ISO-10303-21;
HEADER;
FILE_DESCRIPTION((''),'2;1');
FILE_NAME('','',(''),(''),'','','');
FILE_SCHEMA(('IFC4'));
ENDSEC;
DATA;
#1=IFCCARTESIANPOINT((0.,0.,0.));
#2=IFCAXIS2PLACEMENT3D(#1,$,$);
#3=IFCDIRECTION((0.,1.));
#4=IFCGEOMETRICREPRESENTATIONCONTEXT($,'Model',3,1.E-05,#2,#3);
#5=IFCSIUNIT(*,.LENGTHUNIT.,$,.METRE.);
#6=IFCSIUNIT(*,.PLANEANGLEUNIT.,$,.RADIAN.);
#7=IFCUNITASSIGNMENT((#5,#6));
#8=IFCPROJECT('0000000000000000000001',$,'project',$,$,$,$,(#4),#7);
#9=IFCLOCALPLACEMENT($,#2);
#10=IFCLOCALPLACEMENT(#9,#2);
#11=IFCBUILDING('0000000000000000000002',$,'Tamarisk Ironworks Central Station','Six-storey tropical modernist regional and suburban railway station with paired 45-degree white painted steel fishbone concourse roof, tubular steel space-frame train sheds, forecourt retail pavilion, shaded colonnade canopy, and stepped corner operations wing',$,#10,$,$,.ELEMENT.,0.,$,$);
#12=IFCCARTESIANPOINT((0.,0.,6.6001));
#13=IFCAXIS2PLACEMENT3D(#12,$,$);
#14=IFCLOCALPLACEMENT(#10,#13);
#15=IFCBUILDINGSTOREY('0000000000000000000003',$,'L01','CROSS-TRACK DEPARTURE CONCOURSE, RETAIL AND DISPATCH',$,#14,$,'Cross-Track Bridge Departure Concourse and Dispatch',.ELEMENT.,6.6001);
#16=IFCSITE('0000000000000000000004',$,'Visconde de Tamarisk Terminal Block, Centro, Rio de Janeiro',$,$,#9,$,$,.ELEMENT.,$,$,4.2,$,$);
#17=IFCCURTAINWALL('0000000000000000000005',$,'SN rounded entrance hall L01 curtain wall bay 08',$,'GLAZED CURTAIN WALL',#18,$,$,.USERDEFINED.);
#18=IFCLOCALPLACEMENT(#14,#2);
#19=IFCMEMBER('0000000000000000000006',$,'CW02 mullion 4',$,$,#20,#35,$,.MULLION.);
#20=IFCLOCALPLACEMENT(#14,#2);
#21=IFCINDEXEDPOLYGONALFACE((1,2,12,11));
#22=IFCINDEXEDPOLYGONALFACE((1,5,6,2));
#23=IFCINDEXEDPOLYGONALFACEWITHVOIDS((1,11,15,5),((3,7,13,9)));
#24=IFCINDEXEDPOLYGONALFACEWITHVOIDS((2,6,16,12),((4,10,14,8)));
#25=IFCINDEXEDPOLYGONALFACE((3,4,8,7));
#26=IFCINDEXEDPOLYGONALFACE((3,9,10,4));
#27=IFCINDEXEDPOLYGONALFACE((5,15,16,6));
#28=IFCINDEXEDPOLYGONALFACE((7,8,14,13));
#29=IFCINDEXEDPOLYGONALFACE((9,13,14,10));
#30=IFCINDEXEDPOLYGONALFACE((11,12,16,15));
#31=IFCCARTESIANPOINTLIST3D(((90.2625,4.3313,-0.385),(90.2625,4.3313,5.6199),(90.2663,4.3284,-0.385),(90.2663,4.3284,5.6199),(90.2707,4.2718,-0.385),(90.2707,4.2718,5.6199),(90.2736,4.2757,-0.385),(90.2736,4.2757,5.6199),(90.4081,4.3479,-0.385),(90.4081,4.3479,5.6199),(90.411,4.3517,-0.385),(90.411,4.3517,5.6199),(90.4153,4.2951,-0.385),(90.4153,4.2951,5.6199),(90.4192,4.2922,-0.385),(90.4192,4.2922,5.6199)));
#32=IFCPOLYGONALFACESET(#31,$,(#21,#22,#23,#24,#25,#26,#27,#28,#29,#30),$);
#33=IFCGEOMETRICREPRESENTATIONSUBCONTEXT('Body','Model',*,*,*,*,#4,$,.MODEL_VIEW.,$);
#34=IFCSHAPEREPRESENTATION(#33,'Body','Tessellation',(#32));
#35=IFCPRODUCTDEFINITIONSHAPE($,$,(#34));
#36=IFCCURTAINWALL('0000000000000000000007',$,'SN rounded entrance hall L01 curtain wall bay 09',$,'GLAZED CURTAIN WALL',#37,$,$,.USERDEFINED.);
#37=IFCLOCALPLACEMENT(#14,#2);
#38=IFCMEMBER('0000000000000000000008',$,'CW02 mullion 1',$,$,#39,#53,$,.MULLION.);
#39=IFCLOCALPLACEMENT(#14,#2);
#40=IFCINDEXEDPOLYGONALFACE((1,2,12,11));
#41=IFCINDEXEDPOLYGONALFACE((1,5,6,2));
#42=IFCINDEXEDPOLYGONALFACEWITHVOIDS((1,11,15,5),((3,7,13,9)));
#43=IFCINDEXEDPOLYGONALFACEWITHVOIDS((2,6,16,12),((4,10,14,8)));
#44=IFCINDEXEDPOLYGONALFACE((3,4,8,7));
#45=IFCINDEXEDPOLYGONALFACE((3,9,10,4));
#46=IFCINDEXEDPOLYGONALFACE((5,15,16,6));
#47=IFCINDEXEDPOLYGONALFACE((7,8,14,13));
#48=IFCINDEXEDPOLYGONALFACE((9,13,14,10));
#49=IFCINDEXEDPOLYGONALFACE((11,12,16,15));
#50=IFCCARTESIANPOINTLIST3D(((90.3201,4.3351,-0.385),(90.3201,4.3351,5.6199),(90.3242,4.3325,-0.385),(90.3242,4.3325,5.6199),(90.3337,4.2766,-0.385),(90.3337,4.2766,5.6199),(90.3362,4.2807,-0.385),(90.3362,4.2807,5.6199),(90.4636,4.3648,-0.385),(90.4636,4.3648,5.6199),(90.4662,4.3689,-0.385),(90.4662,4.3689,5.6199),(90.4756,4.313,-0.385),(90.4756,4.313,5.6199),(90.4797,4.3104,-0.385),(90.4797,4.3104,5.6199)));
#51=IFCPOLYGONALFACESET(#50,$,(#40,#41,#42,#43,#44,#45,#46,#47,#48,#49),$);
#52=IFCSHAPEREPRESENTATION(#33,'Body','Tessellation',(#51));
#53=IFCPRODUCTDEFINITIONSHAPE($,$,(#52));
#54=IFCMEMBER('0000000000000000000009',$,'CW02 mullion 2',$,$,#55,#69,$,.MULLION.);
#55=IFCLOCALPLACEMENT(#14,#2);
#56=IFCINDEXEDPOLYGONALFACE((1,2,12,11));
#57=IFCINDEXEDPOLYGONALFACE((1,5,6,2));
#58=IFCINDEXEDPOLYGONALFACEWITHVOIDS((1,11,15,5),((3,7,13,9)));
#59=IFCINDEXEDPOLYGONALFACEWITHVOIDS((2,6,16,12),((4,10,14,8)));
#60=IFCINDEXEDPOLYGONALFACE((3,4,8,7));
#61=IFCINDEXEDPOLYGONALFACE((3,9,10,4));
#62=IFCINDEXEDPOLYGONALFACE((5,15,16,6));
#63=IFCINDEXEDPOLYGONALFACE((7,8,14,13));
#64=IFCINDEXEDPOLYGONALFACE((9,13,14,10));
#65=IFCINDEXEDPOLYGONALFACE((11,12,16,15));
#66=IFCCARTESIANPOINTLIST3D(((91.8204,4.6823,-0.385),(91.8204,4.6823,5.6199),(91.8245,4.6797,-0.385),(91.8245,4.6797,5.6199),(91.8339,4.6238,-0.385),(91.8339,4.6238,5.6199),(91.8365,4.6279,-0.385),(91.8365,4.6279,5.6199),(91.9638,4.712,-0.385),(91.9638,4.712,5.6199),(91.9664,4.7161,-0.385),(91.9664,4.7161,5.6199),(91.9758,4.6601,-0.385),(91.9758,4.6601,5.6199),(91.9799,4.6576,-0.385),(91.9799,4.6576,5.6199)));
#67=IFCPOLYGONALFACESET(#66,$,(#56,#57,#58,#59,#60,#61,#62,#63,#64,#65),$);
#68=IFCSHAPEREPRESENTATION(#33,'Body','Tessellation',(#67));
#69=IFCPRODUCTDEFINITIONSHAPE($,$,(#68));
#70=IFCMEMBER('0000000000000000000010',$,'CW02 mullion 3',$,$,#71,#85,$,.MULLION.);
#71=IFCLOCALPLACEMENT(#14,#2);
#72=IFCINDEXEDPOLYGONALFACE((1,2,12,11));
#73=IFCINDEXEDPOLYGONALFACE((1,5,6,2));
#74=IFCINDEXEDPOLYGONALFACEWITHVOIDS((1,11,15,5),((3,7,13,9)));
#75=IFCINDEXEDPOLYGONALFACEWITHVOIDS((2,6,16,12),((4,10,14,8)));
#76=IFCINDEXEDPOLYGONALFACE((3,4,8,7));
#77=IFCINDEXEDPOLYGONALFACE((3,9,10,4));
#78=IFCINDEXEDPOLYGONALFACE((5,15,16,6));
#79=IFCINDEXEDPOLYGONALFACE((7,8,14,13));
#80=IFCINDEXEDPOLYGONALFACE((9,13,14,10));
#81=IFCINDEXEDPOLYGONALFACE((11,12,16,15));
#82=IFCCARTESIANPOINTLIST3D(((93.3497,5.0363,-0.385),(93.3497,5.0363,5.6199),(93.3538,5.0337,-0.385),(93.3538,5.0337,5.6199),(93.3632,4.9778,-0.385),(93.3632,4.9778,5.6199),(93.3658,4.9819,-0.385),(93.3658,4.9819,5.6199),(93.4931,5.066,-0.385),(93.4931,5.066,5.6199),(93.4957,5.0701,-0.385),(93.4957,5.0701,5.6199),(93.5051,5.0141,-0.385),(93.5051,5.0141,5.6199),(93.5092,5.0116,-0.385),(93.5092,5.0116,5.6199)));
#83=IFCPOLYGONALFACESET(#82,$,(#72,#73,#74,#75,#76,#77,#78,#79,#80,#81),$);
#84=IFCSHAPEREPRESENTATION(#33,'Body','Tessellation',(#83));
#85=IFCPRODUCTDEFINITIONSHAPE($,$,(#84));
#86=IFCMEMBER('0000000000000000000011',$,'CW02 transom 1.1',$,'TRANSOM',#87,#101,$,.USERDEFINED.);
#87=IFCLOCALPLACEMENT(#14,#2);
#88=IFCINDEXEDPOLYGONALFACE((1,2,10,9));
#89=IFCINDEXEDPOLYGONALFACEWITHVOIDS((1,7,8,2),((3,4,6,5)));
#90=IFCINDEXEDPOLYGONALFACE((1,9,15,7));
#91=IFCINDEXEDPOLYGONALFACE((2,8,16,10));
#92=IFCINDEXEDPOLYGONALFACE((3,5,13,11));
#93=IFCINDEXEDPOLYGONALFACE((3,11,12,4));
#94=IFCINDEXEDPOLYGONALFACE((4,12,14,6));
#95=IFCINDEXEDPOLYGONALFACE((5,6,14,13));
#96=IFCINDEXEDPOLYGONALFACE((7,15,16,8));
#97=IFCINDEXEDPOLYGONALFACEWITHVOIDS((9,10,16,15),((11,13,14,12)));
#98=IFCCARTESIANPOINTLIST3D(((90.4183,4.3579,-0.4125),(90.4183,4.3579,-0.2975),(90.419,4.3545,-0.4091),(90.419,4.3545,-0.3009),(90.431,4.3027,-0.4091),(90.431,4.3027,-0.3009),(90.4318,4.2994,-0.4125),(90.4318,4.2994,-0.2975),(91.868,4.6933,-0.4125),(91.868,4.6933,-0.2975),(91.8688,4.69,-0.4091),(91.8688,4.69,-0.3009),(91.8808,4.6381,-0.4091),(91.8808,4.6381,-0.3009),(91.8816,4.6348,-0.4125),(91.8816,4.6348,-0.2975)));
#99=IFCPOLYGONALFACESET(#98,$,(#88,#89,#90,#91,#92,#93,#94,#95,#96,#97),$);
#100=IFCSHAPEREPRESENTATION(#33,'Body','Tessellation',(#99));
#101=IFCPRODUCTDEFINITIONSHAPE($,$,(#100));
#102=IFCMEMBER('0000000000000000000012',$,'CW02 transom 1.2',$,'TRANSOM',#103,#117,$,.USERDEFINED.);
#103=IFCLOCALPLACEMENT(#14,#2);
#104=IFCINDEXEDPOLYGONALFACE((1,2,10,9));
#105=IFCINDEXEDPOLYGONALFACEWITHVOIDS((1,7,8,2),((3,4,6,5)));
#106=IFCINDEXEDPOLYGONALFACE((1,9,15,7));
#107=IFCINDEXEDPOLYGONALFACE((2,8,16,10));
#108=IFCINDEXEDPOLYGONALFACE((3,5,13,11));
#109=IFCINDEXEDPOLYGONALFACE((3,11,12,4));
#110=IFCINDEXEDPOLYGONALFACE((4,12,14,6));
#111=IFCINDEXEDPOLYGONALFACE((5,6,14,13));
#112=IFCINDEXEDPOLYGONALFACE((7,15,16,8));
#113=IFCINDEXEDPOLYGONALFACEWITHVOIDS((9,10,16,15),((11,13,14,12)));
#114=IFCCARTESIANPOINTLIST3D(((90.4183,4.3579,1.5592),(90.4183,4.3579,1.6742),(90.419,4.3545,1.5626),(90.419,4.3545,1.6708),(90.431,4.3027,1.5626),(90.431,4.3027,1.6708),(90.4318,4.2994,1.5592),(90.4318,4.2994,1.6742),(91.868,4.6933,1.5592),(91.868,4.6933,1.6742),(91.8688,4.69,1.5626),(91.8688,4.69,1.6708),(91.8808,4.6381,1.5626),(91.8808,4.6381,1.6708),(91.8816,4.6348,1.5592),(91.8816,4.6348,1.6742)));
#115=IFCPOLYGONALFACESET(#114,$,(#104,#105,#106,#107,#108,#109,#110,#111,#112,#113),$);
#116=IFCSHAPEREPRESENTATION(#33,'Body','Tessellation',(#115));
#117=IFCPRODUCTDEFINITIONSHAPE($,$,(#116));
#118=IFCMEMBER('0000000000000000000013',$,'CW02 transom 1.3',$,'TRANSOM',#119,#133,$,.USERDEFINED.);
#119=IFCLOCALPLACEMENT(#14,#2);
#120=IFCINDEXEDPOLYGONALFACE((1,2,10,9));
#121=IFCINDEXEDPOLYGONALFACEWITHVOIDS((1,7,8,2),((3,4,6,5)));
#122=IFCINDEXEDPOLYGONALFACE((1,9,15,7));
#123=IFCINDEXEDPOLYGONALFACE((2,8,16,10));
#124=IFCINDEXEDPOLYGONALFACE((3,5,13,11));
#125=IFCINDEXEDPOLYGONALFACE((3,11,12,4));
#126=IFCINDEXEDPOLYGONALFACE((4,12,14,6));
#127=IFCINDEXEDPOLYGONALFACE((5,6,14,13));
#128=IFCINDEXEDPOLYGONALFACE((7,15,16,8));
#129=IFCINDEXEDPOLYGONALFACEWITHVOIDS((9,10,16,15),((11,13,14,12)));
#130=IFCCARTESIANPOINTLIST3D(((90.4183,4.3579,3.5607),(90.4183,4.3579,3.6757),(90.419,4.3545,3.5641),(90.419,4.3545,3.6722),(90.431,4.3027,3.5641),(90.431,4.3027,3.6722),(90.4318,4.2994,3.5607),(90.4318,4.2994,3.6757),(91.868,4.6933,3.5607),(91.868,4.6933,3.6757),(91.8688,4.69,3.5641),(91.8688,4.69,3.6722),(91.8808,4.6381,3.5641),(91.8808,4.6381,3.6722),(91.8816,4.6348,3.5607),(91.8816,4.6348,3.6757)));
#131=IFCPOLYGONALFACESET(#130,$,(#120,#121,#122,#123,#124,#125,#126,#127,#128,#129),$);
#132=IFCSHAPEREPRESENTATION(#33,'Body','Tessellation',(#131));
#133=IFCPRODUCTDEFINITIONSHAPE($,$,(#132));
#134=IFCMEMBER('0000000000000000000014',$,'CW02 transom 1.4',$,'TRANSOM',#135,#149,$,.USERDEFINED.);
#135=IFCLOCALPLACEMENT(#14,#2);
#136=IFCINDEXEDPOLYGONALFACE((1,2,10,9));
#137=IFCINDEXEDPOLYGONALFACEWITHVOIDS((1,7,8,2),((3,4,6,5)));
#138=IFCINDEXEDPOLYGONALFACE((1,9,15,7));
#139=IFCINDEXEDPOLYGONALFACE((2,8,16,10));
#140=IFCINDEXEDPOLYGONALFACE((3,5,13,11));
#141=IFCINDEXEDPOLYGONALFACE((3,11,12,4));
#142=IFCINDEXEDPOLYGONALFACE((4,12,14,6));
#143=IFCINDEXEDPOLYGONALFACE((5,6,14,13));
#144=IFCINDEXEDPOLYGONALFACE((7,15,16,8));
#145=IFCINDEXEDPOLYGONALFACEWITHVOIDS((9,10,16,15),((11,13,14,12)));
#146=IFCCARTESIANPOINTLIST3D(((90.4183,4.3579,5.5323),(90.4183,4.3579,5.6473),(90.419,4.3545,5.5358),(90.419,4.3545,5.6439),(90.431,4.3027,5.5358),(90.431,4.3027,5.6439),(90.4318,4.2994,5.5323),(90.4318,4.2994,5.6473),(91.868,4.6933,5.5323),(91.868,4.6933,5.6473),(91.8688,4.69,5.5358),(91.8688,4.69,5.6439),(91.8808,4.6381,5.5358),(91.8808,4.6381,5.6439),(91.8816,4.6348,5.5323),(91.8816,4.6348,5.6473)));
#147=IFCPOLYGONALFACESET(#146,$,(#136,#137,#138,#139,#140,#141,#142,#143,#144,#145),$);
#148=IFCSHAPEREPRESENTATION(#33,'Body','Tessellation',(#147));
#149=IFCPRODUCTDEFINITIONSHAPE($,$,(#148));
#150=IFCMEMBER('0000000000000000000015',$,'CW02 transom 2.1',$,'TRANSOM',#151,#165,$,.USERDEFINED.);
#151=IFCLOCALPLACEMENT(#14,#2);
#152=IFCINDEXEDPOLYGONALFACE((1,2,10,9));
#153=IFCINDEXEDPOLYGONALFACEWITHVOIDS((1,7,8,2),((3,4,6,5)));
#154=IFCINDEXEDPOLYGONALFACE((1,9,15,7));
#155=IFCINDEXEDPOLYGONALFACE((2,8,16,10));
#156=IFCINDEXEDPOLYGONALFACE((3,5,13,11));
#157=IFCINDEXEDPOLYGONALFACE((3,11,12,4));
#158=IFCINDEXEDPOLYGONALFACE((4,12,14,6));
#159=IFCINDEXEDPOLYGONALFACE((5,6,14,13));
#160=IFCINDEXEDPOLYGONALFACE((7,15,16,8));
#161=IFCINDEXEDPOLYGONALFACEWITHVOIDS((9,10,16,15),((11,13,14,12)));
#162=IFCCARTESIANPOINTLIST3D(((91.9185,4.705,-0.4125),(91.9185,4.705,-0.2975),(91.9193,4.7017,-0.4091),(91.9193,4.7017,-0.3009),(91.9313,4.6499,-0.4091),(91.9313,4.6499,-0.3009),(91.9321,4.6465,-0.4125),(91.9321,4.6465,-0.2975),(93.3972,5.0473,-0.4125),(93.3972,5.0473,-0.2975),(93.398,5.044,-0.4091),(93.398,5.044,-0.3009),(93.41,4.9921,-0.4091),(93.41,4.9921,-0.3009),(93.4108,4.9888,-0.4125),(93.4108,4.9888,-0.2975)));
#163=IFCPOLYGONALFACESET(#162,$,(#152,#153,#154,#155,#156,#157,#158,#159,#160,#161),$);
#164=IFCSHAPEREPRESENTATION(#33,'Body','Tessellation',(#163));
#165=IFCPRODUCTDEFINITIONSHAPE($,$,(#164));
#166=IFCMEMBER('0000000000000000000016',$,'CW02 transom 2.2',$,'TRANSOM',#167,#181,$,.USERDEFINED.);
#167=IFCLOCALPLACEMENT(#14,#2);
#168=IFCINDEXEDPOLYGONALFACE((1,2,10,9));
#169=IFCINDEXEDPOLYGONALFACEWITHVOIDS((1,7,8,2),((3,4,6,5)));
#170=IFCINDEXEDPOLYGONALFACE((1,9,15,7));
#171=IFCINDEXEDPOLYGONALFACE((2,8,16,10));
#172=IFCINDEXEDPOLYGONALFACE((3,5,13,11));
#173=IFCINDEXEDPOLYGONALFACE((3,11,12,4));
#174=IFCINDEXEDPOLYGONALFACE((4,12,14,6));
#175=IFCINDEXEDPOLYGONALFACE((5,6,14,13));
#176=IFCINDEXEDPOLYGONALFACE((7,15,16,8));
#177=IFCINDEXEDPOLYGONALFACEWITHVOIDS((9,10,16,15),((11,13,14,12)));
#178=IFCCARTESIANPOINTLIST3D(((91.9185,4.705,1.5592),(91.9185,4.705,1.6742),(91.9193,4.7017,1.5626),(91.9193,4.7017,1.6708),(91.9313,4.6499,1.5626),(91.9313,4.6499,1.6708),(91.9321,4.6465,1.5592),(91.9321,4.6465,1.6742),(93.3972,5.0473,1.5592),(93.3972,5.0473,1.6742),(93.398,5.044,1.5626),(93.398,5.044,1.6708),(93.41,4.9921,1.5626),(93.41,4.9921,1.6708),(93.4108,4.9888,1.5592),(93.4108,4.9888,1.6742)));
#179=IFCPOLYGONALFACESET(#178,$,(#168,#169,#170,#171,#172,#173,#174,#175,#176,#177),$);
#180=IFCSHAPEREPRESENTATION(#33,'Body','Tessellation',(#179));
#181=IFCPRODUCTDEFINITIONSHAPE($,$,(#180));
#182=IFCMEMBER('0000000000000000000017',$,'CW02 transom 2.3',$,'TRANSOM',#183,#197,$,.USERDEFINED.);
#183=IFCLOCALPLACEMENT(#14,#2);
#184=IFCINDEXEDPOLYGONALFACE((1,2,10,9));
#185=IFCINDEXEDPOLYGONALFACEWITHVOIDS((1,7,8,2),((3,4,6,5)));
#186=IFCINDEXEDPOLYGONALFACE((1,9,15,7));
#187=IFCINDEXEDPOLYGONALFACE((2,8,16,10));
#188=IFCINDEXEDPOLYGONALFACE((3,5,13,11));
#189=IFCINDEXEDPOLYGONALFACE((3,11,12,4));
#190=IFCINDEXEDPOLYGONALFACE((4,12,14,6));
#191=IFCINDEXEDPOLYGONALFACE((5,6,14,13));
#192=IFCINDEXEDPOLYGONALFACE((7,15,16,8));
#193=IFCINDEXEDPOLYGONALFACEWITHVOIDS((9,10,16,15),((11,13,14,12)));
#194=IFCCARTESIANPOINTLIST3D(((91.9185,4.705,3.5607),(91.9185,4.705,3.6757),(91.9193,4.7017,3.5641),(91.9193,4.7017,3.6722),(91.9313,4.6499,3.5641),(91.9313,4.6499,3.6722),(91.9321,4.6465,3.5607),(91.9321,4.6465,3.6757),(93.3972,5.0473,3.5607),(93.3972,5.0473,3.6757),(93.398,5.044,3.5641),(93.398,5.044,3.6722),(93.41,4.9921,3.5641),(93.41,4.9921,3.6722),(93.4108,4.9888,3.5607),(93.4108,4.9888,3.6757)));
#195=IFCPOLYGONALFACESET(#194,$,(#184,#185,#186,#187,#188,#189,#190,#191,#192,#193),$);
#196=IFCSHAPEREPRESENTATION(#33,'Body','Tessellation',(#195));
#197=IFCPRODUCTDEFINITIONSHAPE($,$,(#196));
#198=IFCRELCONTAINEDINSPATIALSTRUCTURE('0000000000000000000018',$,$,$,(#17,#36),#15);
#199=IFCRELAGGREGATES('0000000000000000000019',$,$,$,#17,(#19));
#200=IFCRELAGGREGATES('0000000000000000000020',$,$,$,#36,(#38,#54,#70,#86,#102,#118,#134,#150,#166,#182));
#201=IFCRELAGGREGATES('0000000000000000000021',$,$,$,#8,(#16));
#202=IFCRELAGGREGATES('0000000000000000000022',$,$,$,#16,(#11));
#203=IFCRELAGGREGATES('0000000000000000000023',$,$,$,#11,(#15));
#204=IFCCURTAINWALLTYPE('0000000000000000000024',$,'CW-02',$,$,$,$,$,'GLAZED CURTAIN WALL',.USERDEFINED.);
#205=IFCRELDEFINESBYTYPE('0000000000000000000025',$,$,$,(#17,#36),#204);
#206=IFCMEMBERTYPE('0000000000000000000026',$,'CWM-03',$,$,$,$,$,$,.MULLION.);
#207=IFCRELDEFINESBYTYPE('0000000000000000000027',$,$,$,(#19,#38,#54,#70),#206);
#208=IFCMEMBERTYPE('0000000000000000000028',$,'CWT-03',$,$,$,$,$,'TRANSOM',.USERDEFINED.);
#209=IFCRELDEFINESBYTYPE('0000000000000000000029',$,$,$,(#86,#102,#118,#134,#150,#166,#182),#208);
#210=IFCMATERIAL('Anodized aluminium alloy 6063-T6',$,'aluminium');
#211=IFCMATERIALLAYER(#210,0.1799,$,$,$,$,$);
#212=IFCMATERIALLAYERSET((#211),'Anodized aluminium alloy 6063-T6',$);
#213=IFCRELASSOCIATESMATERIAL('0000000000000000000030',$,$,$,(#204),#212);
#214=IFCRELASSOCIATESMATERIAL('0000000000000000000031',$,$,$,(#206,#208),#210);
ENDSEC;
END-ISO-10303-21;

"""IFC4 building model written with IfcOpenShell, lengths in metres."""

from ifc_helpers import new_model, si_unit, direction, frame, origin, origin_2d, place, context, subcontext, project, spatial, hollow_rectangle, extrude, material, layer, layer_set, material_profile, profile_set, type_object, element, aggregate, save


model = new_model("IFC4")

# Units and contexts
model_context = context("Model", 3, precision=1e-05, world=origin(), true_north=direction((0.0, 1.0)))
body_context = subcontext(model_context, "Body", "Model", "MODEL_VIEW")
ifc_project = project(units=[si_unit("LENGTHUNIT", "METRE"), si_unit("PLANEANGLEUNIT", "RADIAN")], contexts=[model_context])

# Site, building, storey
site_placement = place(None, origin())
site = spatial("IfcSite", under=ifc_project, at=site_placement, Name="Visconde de Tamarisk Terminal Block, Centro, Rio de Janeiro", CompositionType="ELEMENT", RefElevation=4.2)
building_placement = place(site_placement, origin())
building = spatial("IfcBuilding", under=site, at=building_placement, Name="Tamarisk Ironworks Central Station", Description="Six-storey tropical modernist regional and suburban railway station with paired 45-degree white painted steel fishbone concourse roof, tubular steel space-frame train sheds, forecourt retail pavilion, shaded colonnade canopy, and stepped corner operations wing", CompositionType="ELEMENT", ElevationOfRefHeight=0.0)
storey_placement = place(building_placement, frame((0.0, 0.0, 6.6001)))
storey = spatial("IfcBuildingStorey", under=building, at=storey_placement, Name="L01", Description="CROSS-TRACK DEPARTURE CONCOURSE, RETAIL AND DISPATCH", LongName="Cross-Track Bridge Departure Concourse and Dispatch", CompositionType="ELEMENT", Elevation=6.6001)

# Curtain wall, member
ifc_material_1 = material(Name="Anodized aluminium alloy 6063-T6", Category="aluminium")
ifc_layer_1 = layer(ifc_material_1, 0.1799)
ifc_layer_set_1 = layer_set([ifc_layer_1], Name="Anodized aluminium alloy 6063-T6")
curtain_wall_type = type_object("IfcCurtainWallType", Name="CW-02", ElementType="GLAZED CURTAIN WALL", PredefinedType="USERDEFINED", material=ifc_layer_set_1)
curtain_wall_1_placement = place(storey_placement, origin())
curtain_wall_1 = element("IfcCurtainWall", 1, at=curtain_wall_1_placement, inside=storey, type_object=curtain_wall_type, Name="SN rounded entrance hall L01 curtain wall bay 08", ObjectType="GLAZED CURTAIN WALL", PredefinedType="USERDEFINED")
ifc_material_profile_1 = material_profile(ifc_material_1, hollow_rectangle(XDim=0.0601, YDim=0.1499, WallThickness=0.0034, at=origin_2d()), Name="ALUM 150x60")
ifc_profile_set_1 = profile_set([ifc_material_profile_1], Name="Anodized aluminium alloy 6063-T6")
member_type_1 = type_object("IfcMemberType", Name="CWM-03", PredefinedType="MULLION", material=ifc_profile_set_1)
member_1_placement = place(storey_placement, frame((90.3408, 4.3118, -0.385), z_axis=(0.0, 0.0, 1.0), x_axis=(-0.136042, 0.990703, 0.0)))
member_1 = element("IfcMember", 2, at=member_1_placement, type_object=member_type_1, Name="CW02 mullion 4", PredefinedType="MULLION", context=body_context, shape_type="SweptSolid", body=[
    extrude(hollow_rectangle(XDim=0.0601, YDim=0.1499, WallThickness=0.0034, at=origin_2d()), origin(), (0.0, 0.0, 1.0), 6.0049),
])

# Curtain wall, members
curtain_wall_2_placement = place(storey_placement, origin())
curtain_wall_2 = element("IfcCurtainWall", 3, at=curtain_wall_2_placement, inside=storey, type_object=curtain_wall_type, Name="SN rounded entrance hall L01 curtain wall bay 09", ObjectType="GLAZED CURTAIN WALL", PredefinedType="USERDEFINED")
member_2_placement = place(storey_placement, frame((90.3999, 4.3228, -0.385), z_axis=(0.0, 0.0, 1.0), x_axis=(-0.225517, 0.974239, 0.0)))
member_2 = element("IfcMember", 4, at=member_2_placement, type_object=member_type_1, Name="CW02 mullion 1", PredefinedType="MULLION", context=body_context, shape_type="SweptSolid", body=[
    extrude(hollow_rectangle(XDim=0.0601, YDim=0.1499, WallThickness=0.0034, at=origin_2d()), origin(), (0.0, 0.0, 1.0), 6.0049),
])
member_3_placement = place(storey_placement, frame((91.9001, 4.6699, -0.385), z_axis=(0.0, 0.0, 1.0), x_axis=(-0.225517, 0.974239, 0.0)))
member_3 = element("IfcMember", 5, at=member_3_placement, type_object=member_type_1, Name="CW02 mullion 2", PredefinedType="MULLION", context=body_context, shape_type="SweptSolid", body=[
    extrude(hollow_rectangle(XDim=0.0601, YDim=0.1499, WallThickness=0.0034, at=origin_2d()), origin(), (0.0, 0.0, 1.0), 6.0049),
])
member_4_placement = place(storey_placement, frame((93.4294, 5.0239, -0.385), z_axis=(0.0, 0.0, 1.0), x_axis=(-0.225517, 0.974239, 0.0)))
member_4 = element("IfcMember", 6, at=member_4_placement, type_object=member_type_1, Name="CW02 mullion 3", PredefinedType="MULLION", context=body_context, shape_type="SweptSolid", body=[
    extrude(hollow_rectangle(XDim=0.0601, YDim=0.1499, WallThickness=0.0034, at=origin_2d()), origin(), (0.0, 0.0, 1.0), 6.0049),
])
ifc_material_profile_2 = material_profile(ifc_material_1, hollow_rectangle(XDim=0.0601, YDim=0.115, WallThickness=0.0034, at=origin_2d()), Name="ALUM 115x60")
ifc_profile_set_2 = profile_set([ifc_material_profile_2], Name="Anodized aluminium alloy 6063-T6")
member_type_2 = type_object("IfcMemberType", Name="CWT-03", ElementType="TRANSOM", PredefinedType="USERDEFINED", material=ifc_profile_set_2)
member_5_placement = place(storey_placement, frame((90.425, 4.3286, -0.355), z_axis=(0.974258, 0.225435, 0.0), x_axis=(-0.225435, 0.974258, 0.0)))
member_5 = element("IfcMember", 7, at=member_5_placement, type_object=member_type_2, Name="CW02 transom 1.1", ObjectType="TRANSOM", PredefinedType="USERDEFINED", context=body_context, shape_type="SweptSolid", body=[
    extrude(hollow_rectangle(XDim=0.0601, YDim=0.115, WallThickness=0.0034, at=origin_2d()), origin(), (0.0, 0.0, 1.0), 1.488),
])
member_6_placement = place(storey_placement, frame((90.425, 4.3286, 1.6167), z_axis=(0.974258, 0.225435, 0.0), x_axis=(-0.225435, 0.974258, 0.0)))
member_6 = element("IfcMember", 8, at=member_6_placement, type_object=member_type_2, Name="CW02 transom 1.2", ObjectType="TRANSOM", PredefinedType="USERDEFINED", context=body_context, shape_type="SweptSolid", body=[
    extrude(hollow_rectangle(XDim=0.0601, YDim=0.115, WallThickness=0.0034, at=origin_2d()), origin(), (0.0, 0.0, 1.0), 1.488),
])
member_7_placement = place(storey_placement, frame((90.425, 4.3286, 3.6182), z_axis=(0.974258, 0.225435, 0.0), x_axis=(-0.225435, 0.974258, 0.0)))
member_7 = element("IfcMember", 9, at=member_7_placement, type_object=member_type_2, Name="CW02 transom 1.3", ObjectType="TRANSOM", PredefinedType="USERDEFINED", context=body_context, shape_type="SweptSolid", body=[
    extrude(hollow_rectangle(XDim=0.0601, YDim=0.115, WallThickness=0.0034, at=origin_2d()), origin(), (0.0, 0.0, 1.0), 1.488),
])
member_8_placement = place(storey_placement, frame((90.425, 4.3286, 5.5898), z_axis=(0.974258, 0.225435, 0.0), x_axis=(-0.225435, 0.974258, 0.0)))
member_8 = element("IfcMember", 10, at=member_8_placement, type_object=member_type_2, Name="CW02 transom 1.4", ObjectType="TRANSOM", PredefinedType="USERDEFINED", context=body_context, shape_type="SweptSolid", body=[
    extrude(hollow_rectangle(XDim=0.0601, YDim=0.115, WallThickness=0.0034, at=origin_2d()), origin(), (0.0, 0.0, 1.0), 1.488),
])
member_9_placement = place(storey_placement, frame((91.9253, 4.6758, -0.355), z_axis=(0.974242, 0.225506, 0.0), x_axis=(-0.225506, 0.974242, 0.0)))
member_9 = element("IfcMember", 11, at=member_9_placement, type_object=member_type_2, Name="CW02 transom 2.1", ObjectType="TRANSOM", PredefinedType="USERDEFINED", context=body_context, shape_type="SweptSolid", body=[
    extrude(hollow_rectangle(XDim=0.0601, YDim=0.115, WallThickness=0.0034, at=origin_2d()), origin(), (0.0, 0.0, 1.0), 1.5178),
])
member_10_placement = place(storey_placement, frame((91.9253, 4.6758, 1.6167), z_axis=(0.974242, 0.225506, 0.0), x_axis=(-0.225506, 0.974242, 0.0)))
member_10 = element("IfcMember", 12, at=member_10_placement, type_object=member_type_2, Name="CW02 transom 2.2", ObjectType="TRANSOM", PredefinedType="USERDEFINED", context=body_context, shape_type="SweptSolid", body=[
    extrude(hollow_rectangle(XDim=0.0601, YDim=0.115, WallThickness=0.0034, at=origin_2d()), origin(), (0.0, 0.0, 1.0), 1.5178),
])
member_11_placement = place(storey_placement, frame((91.9253, 4.6758, 3.6182), z_axis=(0.974242, 0.225506, 0.0), x_axis=(-0.225506, 0.974242, 0.0)))
member_11 = element("IfcMember", 13, at=member_11_placement, type_object=member_type_2, Name="CW02 transom 2.3", ObjectType="TRANSOM", PredefinedType="USERDEFINED", context=body_context, shape_type="SweptSolid", body=[
    extrude(hollow_rectangle(XDim=0.0601, YDim=0.115, WallThickness=0.0034, at=origin_2d()), origin(), (0.0, 0.0, 1.0), 1.5178),
])

aggregate(curtain_wall_1, [member_1])
aggregate(curtain_wall_2, [member_2, member_3, member_4, member_5, member_6, member_7, member_8, member_9, member_10, member_11])

save(model, "model.ifc")
